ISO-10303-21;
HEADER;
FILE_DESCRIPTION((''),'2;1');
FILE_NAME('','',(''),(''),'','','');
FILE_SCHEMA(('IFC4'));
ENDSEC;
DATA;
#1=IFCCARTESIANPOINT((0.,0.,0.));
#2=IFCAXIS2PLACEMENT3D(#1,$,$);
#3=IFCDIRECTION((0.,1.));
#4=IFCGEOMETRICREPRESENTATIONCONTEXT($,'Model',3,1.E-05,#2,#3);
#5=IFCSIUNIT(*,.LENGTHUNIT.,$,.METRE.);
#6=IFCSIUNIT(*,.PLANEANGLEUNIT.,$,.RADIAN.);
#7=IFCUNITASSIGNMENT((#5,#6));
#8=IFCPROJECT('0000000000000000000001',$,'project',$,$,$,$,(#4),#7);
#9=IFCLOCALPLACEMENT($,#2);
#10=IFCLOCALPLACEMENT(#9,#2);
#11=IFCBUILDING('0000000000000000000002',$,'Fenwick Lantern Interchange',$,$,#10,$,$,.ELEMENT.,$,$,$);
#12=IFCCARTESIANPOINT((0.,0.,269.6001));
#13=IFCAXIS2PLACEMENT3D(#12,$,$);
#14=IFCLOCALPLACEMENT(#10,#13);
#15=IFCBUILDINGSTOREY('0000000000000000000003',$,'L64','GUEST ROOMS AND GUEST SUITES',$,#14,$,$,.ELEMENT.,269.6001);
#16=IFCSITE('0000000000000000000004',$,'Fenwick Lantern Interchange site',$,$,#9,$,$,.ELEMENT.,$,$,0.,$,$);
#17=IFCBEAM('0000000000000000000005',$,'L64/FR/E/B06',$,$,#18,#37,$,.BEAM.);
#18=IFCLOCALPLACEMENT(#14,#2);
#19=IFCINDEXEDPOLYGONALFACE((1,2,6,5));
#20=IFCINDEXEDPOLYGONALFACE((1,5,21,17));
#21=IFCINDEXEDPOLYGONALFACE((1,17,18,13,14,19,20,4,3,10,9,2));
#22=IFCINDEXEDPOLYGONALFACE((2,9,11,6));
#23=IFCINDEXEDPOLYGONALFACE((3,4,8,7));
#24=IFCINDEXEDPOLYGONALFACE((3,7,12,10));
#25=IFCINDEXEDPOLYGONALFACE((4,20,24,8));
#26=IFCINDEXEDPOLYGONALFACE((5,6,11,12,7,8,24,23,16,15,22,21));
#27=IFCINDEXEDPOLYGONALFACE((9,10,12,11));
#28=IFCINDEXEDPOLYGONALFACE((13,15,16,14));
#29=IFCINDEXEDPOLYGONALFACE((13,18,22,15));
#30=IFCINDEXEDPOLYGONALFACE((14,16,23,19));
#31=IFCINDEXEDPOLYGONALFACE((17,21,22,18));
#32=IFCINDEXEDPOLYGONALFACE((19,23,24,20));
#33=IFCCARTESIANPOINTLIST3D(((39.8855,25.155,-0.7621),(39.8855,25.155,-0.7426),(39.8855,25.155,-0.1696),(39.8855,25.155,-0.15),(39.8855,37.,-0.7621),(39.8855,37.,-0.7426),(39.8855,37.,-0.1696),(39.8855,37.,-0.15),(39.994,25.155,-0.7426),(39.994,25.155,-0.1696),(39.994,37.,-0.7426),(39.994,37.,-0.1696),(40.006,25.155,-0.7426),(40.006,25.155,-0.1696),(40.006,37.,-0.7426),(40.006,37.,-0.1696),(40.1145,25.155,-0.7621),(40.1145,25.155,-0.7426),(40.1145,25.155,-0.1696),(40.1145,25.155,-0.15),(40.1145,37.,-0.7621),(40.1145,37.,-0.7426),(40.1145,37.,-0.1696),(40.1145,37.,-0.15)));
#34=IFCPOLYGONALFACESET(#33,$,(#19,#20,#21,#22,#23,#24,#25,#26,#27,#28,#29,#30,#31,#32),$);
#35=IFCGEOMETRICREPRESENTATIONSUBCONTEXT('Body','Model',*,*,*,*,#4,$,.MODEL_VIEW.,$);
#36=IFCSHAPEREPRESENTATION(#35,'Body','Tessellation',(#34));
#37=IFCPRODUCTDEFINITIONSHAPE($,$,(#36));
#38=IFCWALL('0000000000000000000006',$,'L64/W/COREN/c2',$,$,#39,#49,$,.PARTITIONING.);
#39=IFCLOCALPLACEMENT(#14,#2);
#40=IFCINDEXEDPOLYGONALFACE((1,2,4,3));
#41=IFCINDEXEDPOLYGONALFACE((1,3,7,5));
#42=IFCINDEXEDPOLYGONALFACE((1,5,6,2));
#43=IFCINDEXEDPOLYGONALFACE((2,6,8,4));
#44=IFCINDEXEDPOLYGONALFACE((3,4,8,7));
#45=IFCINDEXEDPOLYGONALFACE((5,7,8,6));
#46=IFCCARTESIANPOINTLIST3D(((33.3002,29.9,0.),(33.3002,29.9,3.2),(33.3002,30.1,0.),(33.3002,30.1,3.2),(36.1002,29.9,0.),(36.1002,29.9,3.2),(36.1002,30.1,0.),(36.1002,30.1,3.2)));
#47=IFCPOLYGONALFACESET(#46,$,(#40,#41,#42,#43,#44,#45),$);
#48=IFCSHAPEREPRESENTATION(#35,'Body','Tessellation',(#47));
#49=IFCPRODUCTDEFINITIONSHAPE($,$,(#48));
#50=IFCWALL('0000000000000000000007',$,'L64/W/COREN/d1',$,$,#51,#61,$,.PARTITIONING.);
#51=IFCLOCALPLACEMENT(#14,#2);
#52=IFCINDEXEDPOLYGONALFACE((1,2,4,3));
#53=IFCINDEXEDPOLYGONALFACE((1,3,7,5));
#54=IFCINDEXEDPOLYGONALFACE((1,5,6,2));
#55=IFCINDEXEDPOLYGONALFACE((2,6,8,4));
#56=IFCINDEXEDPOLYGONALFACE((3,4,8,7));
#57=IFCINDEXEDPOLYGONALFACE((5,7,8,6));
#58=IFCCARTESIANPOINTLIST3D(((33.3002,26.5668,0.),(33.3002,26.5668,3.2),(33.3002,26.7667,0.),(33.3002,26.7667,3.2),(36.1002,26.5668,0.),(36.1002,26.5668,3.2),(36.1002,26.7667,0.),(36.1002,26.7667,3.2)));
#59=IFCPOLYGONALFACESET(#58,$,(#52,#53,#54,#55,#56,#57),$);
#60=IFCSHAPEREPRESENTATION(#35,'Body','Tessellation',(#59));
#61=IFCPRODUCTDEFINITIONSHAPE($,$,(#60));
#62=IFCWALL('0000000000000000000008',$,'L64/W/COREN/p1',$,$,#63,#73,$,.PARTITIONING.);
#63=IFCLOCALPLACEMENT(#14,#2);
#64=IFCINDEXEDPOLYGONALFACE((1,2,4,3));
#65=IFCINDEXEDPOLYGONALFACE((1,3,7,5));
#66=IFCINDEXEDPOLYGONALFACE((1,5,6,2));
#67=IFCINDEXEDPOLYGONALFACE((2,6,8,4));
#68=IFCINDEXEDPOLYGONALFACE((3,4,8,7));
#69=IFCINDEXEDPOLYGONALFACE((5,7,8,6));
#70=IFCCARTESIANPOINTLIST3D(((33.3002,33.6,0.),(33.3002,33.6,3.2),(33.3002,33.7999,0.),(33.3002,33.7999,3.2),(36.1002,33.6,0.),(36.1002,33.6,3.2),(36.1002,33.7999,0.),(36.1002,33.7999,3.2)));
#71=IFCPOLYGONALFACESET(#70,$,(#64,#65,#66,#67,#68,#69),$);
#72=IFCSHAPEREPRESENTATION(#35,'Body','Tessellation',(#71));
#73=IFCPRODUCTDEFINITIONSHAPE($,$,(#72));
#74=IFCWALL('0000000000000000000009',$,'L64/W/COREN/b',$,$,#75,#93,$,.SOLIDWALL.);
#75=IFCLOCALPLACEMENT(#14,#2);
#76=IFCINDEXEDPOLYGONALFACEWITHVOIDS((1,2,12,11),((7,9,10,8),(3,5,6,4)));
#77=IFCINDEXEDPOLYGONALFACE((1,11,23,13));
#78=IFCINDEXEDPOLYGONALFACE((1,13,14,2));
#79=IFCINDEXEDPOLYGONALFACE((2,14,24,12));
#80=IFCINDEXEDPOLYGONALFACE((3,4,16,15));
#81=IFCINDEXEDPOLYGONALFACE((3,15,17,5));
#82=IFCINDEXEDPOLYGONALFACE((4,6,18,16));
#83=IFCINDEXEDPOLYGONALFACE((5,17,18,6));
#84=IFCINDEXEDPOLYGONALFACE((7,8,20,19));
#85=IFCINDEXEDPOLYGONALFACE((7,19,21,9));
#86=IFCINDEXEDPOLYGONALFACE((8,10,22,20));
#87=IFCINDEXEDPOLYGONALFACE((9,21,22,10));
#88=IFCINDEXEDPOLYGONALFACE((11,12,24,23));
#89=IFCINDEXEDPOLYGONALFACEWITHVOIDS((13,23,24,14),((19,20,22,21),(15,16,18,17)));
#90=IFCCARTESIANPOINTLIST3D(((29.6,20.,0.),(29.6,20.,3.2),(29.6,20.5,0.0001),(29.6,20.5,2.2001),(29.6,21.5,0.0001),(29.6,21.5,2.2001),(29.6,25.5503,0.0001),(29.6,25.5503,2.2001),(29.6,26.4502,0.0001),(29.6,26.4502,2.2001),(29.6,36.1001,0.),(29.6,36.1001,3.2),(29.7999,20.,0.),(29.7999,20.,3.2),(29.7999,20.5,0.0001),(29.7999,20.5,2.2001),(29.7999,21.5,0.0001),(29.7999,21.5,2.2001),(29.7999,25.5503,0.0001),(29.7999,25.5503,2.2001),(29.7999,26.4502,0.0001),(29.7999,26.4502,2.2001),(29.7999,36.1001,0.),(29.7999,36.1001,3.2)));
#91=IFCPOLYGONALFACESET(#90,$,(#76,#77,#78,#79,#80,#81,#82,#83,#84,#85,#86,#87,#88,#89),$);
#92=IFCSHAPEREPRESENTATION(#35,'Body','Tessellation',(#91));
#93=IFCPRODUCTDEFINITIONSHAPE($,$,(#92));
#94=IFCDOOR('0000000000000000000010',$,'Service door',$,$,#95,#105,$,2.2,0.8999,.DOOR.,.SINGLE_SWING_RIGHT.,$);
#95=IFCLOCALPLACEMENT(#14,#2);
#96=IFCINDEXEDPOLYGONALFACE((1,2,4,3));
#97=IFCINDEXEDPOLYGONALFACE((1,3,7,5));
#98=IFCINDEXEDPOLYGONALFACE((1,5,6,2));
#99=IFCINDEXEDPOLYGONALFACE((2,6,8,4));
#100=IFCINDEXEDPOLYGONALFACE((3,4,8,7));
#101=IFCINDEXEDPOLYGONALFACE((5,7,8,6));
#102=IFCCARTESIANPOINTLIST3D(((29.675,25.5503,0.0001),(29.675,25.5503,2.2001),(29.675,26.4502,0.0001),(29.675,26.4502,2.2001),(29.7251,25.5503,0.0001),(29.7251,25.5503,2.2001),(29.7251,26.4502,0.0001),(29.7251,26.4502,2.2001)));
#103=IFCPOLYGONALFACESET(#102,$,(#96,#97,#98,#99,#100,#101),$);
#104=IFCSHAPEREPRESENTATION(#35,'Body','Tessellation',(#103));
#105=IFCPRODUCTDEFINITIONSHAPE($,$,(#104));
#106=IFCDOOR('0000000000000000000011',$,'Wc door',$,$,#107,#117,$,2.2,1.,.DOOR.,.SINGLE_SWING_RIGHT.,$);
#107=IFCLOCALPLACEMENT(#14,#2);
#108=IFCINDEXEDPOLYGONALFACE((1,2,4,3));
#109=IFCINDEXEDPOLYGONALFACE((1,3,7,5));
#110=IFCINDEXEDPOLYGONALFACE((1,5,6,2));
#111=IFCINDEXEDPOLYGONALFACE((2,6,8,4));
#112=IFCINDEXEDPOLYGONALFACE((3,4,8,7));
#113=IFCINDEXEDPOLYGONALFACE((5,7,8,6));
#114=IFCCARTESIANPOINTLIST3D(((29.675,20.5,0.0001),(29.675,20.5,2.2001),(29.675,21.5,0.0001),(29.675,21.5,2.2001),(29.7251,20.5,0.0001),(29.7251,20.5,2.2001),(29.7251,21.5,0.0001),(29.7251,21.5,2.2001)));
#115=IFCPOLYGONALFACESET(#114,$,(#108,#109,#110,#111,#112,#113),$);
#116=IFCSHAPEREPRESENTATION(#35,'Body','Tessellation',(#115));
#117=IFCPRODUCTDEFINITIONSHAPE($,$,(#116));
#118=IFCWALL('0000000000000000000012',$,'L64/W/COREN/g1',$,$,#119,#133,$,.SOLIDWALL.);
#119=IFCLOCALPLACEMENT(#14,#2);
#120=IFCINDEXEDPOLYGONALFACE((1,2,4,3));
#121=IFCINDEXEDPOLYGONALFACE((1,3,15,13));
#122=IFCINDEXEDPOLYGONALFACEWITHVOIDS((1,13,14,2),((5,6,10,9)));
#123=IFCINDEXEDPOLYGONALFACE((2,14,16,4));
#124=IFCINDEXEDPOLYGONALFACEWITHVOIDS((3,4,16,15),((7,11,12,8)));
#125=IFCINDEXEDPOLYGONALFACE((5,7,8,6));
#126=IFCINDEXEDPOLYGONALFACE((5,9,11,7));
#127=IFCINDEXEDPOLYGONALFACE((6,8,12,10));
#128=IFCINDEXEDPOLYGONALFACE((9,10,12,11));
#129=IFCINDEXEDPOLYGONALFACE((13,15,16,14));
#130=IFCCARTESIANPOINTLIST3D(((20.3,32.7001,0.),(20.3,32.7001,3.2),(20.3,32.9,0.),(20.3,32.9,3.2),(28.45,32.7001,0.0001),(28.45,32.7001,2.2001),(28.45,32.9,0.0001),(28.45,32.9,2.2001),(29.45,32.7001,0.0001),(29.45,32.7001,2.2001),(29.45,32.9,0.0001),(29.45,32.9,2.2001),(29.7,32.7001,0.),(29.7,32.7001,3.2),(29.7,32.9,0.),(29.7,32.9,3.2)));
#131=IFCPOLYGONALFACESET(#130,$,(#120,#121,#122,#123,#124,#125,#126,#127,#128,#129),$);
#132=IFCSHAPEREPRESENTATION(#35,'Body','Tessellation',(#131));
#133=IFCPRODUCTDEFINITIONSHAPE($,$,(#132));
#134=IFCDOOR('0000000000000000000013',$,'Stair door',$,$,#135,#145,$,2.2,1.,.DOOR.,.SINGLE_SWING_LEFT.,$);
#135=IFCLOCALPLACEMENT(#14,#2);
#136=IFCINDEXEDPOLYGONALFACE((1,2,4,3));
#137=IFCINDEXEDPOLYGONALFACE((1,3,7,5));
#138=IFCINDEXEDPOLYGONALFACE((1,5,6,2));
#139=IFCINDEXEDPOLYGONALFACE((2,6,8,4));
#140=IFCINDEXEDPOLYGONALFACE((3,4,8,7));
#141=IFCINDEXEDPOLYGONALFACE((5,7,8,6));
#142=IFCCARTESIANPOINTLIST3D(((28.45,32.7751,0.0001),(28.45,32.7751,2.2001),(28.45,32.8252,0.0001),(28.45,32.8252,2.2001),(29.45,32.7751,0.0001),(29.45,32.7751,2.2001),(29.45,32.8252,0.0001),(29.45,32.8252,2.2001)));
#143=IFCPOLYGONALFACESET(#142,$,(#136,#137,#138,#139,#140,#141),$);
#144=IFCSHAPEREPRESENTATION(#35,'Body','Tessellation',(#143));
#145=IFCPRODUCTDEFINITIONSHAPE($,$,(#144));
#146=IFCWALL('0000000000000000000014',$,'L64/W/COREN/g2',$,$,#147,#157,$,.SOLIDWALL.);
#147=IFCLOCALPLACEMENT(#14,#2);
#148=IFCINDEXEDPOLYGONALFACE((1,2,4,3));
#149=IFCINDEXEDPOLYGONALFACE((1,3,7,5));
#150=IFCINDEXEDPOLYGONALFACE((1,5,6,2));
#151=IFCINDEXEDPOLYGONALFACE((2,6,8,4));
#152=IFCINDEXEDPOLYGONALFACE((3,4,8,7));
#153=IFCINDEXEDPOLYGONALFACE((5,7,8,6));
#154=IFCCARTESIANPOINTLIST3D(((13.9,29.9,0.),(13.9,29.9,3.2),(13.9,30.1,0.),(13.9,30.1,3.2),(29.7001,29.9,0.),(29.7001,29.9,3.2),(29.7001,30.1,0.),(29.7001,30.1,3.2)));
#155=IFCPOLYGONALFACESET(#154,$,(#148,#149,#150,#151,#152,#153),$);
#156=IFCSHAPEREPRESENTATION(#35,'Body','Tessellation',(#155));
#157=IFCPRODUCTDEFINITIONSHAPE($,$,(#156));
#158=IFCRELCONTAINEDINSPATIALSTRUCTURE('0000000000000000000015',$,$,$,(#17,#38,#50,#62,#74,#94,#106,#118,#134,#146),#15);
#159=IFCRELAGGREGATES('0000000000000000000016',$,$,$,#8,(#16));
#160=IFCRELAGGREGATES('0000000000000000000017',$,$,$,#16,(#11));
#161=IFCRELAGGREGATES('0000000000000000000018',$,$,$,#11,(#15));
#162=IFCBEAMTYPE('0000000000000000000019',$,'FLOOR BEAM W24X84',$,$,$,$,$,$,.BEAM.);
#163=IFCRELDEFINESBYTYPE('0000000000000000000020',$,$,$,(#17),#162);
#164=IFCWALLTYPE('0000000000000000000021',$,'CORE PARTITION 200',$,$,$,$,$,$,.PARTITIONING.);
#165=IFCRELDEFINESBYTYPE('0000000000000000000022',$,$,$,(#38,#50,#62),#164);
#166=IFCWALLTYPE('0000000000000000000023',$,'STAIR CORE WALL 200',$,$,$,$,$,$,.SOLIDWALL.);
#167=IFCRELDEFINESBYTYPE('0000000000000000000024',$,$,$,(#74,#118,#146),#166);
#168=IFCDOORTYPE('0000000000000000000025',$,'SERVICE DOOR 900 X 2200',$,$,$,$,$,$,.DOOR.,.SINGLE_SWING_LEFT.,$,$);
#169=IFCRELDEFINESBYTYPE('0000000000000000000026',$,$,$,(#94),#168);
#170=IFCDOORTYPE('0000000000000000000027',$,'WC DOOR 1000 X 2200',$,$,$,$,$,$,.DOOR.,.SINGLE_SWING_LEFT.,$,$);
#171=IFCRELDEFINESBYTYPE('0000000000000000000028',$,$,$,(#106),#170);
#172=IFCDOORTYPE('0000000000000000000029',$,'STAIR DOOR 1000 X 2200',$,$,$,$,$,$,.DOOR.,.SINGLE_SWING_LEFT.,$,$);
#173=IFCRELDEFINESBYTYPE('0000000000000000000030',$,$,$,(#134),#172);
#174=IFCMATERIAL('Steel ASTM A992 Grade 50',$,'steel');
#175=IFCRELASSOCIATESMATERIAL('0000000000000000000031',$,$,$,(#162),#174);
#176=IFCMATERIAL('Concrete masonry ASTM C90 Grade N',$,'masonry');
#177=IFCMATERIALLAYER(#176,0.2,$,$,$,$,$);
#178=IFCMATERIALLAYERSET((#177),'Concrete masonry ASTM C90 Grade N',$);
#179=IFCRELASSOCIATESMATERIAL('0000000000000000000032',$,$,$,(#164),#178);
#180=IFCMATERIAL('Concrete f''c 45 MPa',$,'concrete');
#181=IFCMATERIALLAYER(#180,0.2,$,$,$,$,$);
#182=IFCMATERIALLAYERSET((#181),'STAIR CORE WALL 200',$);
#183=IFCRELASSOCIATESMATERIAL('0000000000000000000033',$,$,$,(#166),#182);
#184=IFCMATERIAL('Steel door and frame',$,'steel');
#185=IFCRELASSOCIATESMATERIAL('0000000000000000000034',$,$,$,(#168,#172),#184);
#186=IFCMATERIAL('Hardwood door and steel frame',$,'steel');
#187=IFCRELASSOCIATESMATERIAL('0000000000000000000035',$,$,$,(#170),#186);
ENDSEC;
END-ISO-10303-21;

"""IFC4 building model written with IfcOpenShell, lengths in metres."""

from ifc_helpers import new_model, si_unit, direction, frame, frame_2d, origin, origin_2d, place, context, subcontext, project, spatial, rectangle, i_section, extrude, material, layer, layer_set, material_profile, profile_set, type_object, element, fill, save


model = new_model("IFC4")

# Units and contexts
model_context = context("Model", 3, precision=1e-05, world=origin(), true_north=direction((0.0, 1.0)))
body_context = subcontext(model_context, "Body", "Model", "MODEL_VIEW")
ifc_project = project(units=[si_unit("LENGTHUNIT", "METRE"), si_unit("PLANEANGLEUNIT", "RADIAN")], contexts=[model_context])

# Site, building, storey
site_placement = place(None, origin())
site = spatial("IfcSite", under=ifc_project, at=site_placement, Name="Fenwick Lantern Interchange site", CompositionType="ELEMENT", RefElevation=0.0)
building_placement = place(site_placement, origin())
building = spatial("IfcBuilding", under=site, at=building_placement, Name="Fenwick Lantern Interchange", CompositionType="ELEMENT")
storey_placement = place(building_placement, frame((0.0, 0.0, 269.6001)))
storey = spatial("IfcBuildingStorey", under=building, at=storey_placement, Name="L64", Description="GUEST ROOMS AND GUEST SUITES", CompositionType="ELEMENT", Elevation=269.6001)

# Beam
ifc_material_1 = material(Name="Steel ASTM A992 Grade 50", Category="steel")
ifc_material_profile = material_profile(ifc_material_1, i_section(OverallWidth=0.229, OverallDepth=0.6121, WebThickness=0.012, FlangeThickness=0.0195, at=origin_2d()), Name="W24X84")
ifc_profile_set = profile_set([ifc_material_profile], Name="Steel ASTM A992 Grade 50")
beam_type = type_object("IfcBeamType", Name="FLOOR BEAM W24X84", PredefinedType="BEAM", material=ifc_profile_set)
beam_placement = place(storey_placement, frame((40.0, 25.155, -0.4561), z_axis=(0.0, 1.0, 0.0), x_axis=(-1.0, 0.0, 0.0)))
element("IfcBeam", 1, at=beam_placement, inside=storey, type_object=beam_type, Name="L64/FR/E/B06", PredefinedType="BEAM", context=body_context, shape_type="SweptSolid", body=[
    extrude(i_section(OverallWidth=0.229, OverallDepth=0.6121, WebThickness=0.012, FlangeThickness=0.0195, at=origin_2d()), origin(), (0.0, 0.0, 1.0), 11.845),
])

# Walls
ifc_material_2 = material(Name="Concrete masonry ASTM C90 Grade N", Category="masonry")
ifc_layer_1 = layer(ifc_material_2, 0.2)
ifc_layer_set_1 = layer_set([ifc_layer_1], Name="Concrete masonry ASTM C90 Grade N")
wall_type_1 = type_object("IfcWallType", Name="CORE PARTITION 200", PredefinedType="PARTITIONING", material=ifc_layer_set_1)
for number, where, z_axis, x_axis, name in (
    (2, (36.1001, 30.0, 0.0), (0.0, 0.0, 1.0), (-1.0, 0.0, 0.0), "L64/W/COREN/c2"),
    (3, (36.1001, 26.6667, 0.0), (0.0, 0.0, 1.0), (-1.0, 0.0, 0.0), "L64/W/COREN/d1"),
    (4, (36.1001, 33.7, 0.0), (0.0, 0.0, 1.0), (-1.0, 0.0, 0.0), "L64/W/COREN/p1"),
):
    element("IfcWall", number, at=place(storey_placement, frame(where, z_axis=z_axis, x_axis=x_axis)), inside=storey, type_object=wall_type_1, Name=name, PredefinedType="PARTITIONING", context=body_context, shape_type="SweptSolid", body=[
        extrude(rectangle(XDim=2.8, YDim=0.2, at=frame_2d((1.3999, 0.0))), origin(), (0.0, 0.0, 1.0), 3.2),
    ])

# Wall, openings, doors
ifc_material_3 = material(Name="Concrete f'c 45 MPa", Category="concrete")
ifc_layer_2 = layer(ifc_material_3, 0.2)
ifc_layer_set_2 = layer_set([ifc_layer_2], Name="STAIR CORE WALL 200")
wall_type_2 = type_object("IfcWallType", Name="STAIR CORE WALL 200", PredefinedType="SOLIDWALL", material=ifc_layer_set_2)
wall_1_placement = place(storey_placement, frame((29.7, 36.1001, 0.0), z_axis=(0.0, 0.0, 1.0), x_axis=(0.0, -1.0, 0.0)))
wall_1 = element("IfcWall", 5, at=wall_1_placement, inside=storey, type_object=wall_type_2, Name="L64/W/COREN/b", PredefinedType="SOLIDWALL", context=body_context, shape_type="SweptSolid", body=[
    extrude(rectangle(XDim=16.1001, YDim=0.2, at=frame_2d((8.05, 0.0))), origin(), (0.0, 0.0, 1.0), 3.2),
])
opening_1_placement = place(wall_1_placement, frame((9.6499, 0.0, 0.0)))
opening_1 = element("IfcOpeningElement", 6, at=opening_1_placement, cuts=wall_1, PredefinedType="OPENING", context=body_context, shape_type="SweptSolid", body=[
    extrude(rectangle(XDim=0.8999, YDim=2.2, at=frame_2d((0.45, 1.1001))), frame((0.0, 0.1099, 0.0), z_axis=(0.0, -1.0, 0.0), x_axis=(1.0, 0.0, 0.0)), (0.0, 0.0, 1.0), 0.22),
])
opening_2_placement = place(wall_1_placement, frame((14.6001, 0.0, 0.0)))
opening_2 = element("IfcOpeningElement", 7, at=opening_2_placement, cuts=wall_1, PredefinedType="OPENING", context=body_context, shape_type="SweptSolid", body=[
    extrude(rectangle(XDim=1.0, YDim=2.2, at=frame_2d((0.5, 1.1001))), frame((0.0, 0.1099, 0.0), z_axis=(0.0, -1.0, 0.0), x_axis=(1.0, 0.0, 0.0)), (0.0, 0.0, 1.0), 0.22),
])
ifc_material_4 = material(Name="Steel door and frame", Category="steel")
door_type_1 = type_object("IfcDoorType", Name="SERVICE DOOR 900 X 2200", OperationType="SINGLE_SWING_LEFT", PredefinedType="DOOR", material=ifc_material_4)
door_1_placement = place(opening_1_placement, frame((0.8999, 0.0, 0.0), z_axis=(0.0, 0.0, 1.0), x_axis=(-1.0, 0.0, 0.0)))
door_1 = element("IfcDoor", 8, at=door_1_placement, inside=storey, type_object=door_type_1, Name="Service door", OperationType="SINGLE_SWING_RIGHT", OverallHeight=2.2, OverallWidth=0.8999, PredefinedType="DOOR", context=body_context, shape_type="SweptSolid", body=[
    extrude(rectangle(XDim=0.8999, YDim=2.2, at=frame_2d((0.45, 1.1001))), frame((0.0, 0.0249, 0.0), z_axis=(0.0, -1.0, 0.0), x_axis=(1.0, 0.0, 0.0)), (0.0, 0.0, 1.0), 0.05),
])
fill(opening_1, door_1)
ifc_material_5 = material(Name="Hardwood door and steel frame", Category="steel")
door_type_2 = type_object("IfcDoorType", Name="WC DOOR 1000 X 2200", OperationType="SINGLE_SWING_LEFT", PredefinedType="DOOR", material=ifc_material_5)
door_2_placement = place(opening_2_placement, frame((1.0, 0.0, 0.0), z_axis=(0.0, 0.0, 1.0), x_axis=(-1.0, 0.0, 0.0)))
door_2 = element("IfcDoor", 9, at=door_2_placement, inside=storey, type_object=door_type_2, Name="Wc door", OperationType="SINGLE_SWING_RIGHT", OverallHeight=2.2, OverallWidth=1.0, PredefinedType="DOOR", context=body_context, shape_type="SweptSolid", body=[
    extrude(rectangle(XDim=1.0, YDim=2.2, at=frame_2d((0.5, 1.1001))), frame((0.0, 0.0249, 0.0), z_axis=(0.0, -1.0, 0.0), x_axis=(1.0, 0.0, 0.0)), (0.0, 0.0, 1.0), 0.05),
])
fill(opening_2, door_2)

# Wall, opening, door
wall_2_placement = place(storey_placement, frame((29.7, 32.8, 0.0), z_axis=(0.0, 0.0, 1.0), x_axis=(-1.0, 0.0, 0.0)))
wall_2 = element("IfcWall", 10, at=wall_2_placement, inside=storey, type_object=wall_type_2, Name="L64/W/COREN/g1", PredefinedType="SOLIDWALL", context=body_context, shape_type="SweptSolid", body=[
    extrude(rectangle(XDim=9.3999, YDim=0.2, at=frame_2d((4.7, 0.0))), origin(), (0.0, 0.0, 1.0), 3.2),
])
opening_3_placement = place(wall_2_placement, frame((0.25, 0.0, 0.0)))
opening_3 = element("IfcOpeningElement", 11, at=opening_3_placement, cuts=wall_2, PredefinedType="OPENING", context=body_context, shape_type="SweptSolid", body=[
    extrude(rectangle(XDim=1.0, YDim=2.2, at=frame_2d((0.5, 1.1001))), frame((0.0, 0.1099, 0.0), z_axis=(0.0, -1.0, 0.0), x_axis=(1.0, 0.0, 0.0)), (0.0, 0.0, 1.0), 0.22),
])
door_type_3 = type_object("IfcDoorType", Name="STAIR DOOR 1000 X 2200", OperationType="SINGLE_SWING_LEFT", PredefinedType="DOOR", material=ifc_material_4)
door_3_placement = place(opening_3_placement, origin())
door_3 = element("IfcDoor", 12, at=door_3_placement, inside=storey, type_object=door_type_3, Name="Stair door", OperationType="SINGLE_SWING_LEFT", OverallHeight=2.2, OverallWidth=1.0, PredefinedType="DOOR", context=body_context, shape_type="SweptSolid", body=[
    extrude(rectangle(XDim=1.0, YDim=2.2, at=frame_2d((0.5, 1.1001))), frame((0.0, 0.0249, 0.0), z_axis=(0.0, -1.0, 0.0), x_axis=(1.0, 0.0, 0.0)), (0.0, 0.0, 1.0), 0.05),
])
fill(opening_3, door_3)

# Wall
wall_3_placement = place(storey_placement, frame((29.7, 30.0, 0.0), z_axis=(0.0, 0.0, 1.0), x_axis=(-1.0, 0.0, 0.0)))
element("IfcWall", 13, at=wall_3_placement, inside=storey, type_object=wall_type_2, Name="L64/W/COREN/g2", PredefinedType="SOLIDWALL", context=body_context, shape_type="SweptSolid", body=[
    extrude(rectangle(XDim=15.8, YDim=0.2, at=frame_2d((7.8999, 0.0))), origin(), (0.0, 0.0, 1.0), 3.2),
])

save(model, "model.ifc")
